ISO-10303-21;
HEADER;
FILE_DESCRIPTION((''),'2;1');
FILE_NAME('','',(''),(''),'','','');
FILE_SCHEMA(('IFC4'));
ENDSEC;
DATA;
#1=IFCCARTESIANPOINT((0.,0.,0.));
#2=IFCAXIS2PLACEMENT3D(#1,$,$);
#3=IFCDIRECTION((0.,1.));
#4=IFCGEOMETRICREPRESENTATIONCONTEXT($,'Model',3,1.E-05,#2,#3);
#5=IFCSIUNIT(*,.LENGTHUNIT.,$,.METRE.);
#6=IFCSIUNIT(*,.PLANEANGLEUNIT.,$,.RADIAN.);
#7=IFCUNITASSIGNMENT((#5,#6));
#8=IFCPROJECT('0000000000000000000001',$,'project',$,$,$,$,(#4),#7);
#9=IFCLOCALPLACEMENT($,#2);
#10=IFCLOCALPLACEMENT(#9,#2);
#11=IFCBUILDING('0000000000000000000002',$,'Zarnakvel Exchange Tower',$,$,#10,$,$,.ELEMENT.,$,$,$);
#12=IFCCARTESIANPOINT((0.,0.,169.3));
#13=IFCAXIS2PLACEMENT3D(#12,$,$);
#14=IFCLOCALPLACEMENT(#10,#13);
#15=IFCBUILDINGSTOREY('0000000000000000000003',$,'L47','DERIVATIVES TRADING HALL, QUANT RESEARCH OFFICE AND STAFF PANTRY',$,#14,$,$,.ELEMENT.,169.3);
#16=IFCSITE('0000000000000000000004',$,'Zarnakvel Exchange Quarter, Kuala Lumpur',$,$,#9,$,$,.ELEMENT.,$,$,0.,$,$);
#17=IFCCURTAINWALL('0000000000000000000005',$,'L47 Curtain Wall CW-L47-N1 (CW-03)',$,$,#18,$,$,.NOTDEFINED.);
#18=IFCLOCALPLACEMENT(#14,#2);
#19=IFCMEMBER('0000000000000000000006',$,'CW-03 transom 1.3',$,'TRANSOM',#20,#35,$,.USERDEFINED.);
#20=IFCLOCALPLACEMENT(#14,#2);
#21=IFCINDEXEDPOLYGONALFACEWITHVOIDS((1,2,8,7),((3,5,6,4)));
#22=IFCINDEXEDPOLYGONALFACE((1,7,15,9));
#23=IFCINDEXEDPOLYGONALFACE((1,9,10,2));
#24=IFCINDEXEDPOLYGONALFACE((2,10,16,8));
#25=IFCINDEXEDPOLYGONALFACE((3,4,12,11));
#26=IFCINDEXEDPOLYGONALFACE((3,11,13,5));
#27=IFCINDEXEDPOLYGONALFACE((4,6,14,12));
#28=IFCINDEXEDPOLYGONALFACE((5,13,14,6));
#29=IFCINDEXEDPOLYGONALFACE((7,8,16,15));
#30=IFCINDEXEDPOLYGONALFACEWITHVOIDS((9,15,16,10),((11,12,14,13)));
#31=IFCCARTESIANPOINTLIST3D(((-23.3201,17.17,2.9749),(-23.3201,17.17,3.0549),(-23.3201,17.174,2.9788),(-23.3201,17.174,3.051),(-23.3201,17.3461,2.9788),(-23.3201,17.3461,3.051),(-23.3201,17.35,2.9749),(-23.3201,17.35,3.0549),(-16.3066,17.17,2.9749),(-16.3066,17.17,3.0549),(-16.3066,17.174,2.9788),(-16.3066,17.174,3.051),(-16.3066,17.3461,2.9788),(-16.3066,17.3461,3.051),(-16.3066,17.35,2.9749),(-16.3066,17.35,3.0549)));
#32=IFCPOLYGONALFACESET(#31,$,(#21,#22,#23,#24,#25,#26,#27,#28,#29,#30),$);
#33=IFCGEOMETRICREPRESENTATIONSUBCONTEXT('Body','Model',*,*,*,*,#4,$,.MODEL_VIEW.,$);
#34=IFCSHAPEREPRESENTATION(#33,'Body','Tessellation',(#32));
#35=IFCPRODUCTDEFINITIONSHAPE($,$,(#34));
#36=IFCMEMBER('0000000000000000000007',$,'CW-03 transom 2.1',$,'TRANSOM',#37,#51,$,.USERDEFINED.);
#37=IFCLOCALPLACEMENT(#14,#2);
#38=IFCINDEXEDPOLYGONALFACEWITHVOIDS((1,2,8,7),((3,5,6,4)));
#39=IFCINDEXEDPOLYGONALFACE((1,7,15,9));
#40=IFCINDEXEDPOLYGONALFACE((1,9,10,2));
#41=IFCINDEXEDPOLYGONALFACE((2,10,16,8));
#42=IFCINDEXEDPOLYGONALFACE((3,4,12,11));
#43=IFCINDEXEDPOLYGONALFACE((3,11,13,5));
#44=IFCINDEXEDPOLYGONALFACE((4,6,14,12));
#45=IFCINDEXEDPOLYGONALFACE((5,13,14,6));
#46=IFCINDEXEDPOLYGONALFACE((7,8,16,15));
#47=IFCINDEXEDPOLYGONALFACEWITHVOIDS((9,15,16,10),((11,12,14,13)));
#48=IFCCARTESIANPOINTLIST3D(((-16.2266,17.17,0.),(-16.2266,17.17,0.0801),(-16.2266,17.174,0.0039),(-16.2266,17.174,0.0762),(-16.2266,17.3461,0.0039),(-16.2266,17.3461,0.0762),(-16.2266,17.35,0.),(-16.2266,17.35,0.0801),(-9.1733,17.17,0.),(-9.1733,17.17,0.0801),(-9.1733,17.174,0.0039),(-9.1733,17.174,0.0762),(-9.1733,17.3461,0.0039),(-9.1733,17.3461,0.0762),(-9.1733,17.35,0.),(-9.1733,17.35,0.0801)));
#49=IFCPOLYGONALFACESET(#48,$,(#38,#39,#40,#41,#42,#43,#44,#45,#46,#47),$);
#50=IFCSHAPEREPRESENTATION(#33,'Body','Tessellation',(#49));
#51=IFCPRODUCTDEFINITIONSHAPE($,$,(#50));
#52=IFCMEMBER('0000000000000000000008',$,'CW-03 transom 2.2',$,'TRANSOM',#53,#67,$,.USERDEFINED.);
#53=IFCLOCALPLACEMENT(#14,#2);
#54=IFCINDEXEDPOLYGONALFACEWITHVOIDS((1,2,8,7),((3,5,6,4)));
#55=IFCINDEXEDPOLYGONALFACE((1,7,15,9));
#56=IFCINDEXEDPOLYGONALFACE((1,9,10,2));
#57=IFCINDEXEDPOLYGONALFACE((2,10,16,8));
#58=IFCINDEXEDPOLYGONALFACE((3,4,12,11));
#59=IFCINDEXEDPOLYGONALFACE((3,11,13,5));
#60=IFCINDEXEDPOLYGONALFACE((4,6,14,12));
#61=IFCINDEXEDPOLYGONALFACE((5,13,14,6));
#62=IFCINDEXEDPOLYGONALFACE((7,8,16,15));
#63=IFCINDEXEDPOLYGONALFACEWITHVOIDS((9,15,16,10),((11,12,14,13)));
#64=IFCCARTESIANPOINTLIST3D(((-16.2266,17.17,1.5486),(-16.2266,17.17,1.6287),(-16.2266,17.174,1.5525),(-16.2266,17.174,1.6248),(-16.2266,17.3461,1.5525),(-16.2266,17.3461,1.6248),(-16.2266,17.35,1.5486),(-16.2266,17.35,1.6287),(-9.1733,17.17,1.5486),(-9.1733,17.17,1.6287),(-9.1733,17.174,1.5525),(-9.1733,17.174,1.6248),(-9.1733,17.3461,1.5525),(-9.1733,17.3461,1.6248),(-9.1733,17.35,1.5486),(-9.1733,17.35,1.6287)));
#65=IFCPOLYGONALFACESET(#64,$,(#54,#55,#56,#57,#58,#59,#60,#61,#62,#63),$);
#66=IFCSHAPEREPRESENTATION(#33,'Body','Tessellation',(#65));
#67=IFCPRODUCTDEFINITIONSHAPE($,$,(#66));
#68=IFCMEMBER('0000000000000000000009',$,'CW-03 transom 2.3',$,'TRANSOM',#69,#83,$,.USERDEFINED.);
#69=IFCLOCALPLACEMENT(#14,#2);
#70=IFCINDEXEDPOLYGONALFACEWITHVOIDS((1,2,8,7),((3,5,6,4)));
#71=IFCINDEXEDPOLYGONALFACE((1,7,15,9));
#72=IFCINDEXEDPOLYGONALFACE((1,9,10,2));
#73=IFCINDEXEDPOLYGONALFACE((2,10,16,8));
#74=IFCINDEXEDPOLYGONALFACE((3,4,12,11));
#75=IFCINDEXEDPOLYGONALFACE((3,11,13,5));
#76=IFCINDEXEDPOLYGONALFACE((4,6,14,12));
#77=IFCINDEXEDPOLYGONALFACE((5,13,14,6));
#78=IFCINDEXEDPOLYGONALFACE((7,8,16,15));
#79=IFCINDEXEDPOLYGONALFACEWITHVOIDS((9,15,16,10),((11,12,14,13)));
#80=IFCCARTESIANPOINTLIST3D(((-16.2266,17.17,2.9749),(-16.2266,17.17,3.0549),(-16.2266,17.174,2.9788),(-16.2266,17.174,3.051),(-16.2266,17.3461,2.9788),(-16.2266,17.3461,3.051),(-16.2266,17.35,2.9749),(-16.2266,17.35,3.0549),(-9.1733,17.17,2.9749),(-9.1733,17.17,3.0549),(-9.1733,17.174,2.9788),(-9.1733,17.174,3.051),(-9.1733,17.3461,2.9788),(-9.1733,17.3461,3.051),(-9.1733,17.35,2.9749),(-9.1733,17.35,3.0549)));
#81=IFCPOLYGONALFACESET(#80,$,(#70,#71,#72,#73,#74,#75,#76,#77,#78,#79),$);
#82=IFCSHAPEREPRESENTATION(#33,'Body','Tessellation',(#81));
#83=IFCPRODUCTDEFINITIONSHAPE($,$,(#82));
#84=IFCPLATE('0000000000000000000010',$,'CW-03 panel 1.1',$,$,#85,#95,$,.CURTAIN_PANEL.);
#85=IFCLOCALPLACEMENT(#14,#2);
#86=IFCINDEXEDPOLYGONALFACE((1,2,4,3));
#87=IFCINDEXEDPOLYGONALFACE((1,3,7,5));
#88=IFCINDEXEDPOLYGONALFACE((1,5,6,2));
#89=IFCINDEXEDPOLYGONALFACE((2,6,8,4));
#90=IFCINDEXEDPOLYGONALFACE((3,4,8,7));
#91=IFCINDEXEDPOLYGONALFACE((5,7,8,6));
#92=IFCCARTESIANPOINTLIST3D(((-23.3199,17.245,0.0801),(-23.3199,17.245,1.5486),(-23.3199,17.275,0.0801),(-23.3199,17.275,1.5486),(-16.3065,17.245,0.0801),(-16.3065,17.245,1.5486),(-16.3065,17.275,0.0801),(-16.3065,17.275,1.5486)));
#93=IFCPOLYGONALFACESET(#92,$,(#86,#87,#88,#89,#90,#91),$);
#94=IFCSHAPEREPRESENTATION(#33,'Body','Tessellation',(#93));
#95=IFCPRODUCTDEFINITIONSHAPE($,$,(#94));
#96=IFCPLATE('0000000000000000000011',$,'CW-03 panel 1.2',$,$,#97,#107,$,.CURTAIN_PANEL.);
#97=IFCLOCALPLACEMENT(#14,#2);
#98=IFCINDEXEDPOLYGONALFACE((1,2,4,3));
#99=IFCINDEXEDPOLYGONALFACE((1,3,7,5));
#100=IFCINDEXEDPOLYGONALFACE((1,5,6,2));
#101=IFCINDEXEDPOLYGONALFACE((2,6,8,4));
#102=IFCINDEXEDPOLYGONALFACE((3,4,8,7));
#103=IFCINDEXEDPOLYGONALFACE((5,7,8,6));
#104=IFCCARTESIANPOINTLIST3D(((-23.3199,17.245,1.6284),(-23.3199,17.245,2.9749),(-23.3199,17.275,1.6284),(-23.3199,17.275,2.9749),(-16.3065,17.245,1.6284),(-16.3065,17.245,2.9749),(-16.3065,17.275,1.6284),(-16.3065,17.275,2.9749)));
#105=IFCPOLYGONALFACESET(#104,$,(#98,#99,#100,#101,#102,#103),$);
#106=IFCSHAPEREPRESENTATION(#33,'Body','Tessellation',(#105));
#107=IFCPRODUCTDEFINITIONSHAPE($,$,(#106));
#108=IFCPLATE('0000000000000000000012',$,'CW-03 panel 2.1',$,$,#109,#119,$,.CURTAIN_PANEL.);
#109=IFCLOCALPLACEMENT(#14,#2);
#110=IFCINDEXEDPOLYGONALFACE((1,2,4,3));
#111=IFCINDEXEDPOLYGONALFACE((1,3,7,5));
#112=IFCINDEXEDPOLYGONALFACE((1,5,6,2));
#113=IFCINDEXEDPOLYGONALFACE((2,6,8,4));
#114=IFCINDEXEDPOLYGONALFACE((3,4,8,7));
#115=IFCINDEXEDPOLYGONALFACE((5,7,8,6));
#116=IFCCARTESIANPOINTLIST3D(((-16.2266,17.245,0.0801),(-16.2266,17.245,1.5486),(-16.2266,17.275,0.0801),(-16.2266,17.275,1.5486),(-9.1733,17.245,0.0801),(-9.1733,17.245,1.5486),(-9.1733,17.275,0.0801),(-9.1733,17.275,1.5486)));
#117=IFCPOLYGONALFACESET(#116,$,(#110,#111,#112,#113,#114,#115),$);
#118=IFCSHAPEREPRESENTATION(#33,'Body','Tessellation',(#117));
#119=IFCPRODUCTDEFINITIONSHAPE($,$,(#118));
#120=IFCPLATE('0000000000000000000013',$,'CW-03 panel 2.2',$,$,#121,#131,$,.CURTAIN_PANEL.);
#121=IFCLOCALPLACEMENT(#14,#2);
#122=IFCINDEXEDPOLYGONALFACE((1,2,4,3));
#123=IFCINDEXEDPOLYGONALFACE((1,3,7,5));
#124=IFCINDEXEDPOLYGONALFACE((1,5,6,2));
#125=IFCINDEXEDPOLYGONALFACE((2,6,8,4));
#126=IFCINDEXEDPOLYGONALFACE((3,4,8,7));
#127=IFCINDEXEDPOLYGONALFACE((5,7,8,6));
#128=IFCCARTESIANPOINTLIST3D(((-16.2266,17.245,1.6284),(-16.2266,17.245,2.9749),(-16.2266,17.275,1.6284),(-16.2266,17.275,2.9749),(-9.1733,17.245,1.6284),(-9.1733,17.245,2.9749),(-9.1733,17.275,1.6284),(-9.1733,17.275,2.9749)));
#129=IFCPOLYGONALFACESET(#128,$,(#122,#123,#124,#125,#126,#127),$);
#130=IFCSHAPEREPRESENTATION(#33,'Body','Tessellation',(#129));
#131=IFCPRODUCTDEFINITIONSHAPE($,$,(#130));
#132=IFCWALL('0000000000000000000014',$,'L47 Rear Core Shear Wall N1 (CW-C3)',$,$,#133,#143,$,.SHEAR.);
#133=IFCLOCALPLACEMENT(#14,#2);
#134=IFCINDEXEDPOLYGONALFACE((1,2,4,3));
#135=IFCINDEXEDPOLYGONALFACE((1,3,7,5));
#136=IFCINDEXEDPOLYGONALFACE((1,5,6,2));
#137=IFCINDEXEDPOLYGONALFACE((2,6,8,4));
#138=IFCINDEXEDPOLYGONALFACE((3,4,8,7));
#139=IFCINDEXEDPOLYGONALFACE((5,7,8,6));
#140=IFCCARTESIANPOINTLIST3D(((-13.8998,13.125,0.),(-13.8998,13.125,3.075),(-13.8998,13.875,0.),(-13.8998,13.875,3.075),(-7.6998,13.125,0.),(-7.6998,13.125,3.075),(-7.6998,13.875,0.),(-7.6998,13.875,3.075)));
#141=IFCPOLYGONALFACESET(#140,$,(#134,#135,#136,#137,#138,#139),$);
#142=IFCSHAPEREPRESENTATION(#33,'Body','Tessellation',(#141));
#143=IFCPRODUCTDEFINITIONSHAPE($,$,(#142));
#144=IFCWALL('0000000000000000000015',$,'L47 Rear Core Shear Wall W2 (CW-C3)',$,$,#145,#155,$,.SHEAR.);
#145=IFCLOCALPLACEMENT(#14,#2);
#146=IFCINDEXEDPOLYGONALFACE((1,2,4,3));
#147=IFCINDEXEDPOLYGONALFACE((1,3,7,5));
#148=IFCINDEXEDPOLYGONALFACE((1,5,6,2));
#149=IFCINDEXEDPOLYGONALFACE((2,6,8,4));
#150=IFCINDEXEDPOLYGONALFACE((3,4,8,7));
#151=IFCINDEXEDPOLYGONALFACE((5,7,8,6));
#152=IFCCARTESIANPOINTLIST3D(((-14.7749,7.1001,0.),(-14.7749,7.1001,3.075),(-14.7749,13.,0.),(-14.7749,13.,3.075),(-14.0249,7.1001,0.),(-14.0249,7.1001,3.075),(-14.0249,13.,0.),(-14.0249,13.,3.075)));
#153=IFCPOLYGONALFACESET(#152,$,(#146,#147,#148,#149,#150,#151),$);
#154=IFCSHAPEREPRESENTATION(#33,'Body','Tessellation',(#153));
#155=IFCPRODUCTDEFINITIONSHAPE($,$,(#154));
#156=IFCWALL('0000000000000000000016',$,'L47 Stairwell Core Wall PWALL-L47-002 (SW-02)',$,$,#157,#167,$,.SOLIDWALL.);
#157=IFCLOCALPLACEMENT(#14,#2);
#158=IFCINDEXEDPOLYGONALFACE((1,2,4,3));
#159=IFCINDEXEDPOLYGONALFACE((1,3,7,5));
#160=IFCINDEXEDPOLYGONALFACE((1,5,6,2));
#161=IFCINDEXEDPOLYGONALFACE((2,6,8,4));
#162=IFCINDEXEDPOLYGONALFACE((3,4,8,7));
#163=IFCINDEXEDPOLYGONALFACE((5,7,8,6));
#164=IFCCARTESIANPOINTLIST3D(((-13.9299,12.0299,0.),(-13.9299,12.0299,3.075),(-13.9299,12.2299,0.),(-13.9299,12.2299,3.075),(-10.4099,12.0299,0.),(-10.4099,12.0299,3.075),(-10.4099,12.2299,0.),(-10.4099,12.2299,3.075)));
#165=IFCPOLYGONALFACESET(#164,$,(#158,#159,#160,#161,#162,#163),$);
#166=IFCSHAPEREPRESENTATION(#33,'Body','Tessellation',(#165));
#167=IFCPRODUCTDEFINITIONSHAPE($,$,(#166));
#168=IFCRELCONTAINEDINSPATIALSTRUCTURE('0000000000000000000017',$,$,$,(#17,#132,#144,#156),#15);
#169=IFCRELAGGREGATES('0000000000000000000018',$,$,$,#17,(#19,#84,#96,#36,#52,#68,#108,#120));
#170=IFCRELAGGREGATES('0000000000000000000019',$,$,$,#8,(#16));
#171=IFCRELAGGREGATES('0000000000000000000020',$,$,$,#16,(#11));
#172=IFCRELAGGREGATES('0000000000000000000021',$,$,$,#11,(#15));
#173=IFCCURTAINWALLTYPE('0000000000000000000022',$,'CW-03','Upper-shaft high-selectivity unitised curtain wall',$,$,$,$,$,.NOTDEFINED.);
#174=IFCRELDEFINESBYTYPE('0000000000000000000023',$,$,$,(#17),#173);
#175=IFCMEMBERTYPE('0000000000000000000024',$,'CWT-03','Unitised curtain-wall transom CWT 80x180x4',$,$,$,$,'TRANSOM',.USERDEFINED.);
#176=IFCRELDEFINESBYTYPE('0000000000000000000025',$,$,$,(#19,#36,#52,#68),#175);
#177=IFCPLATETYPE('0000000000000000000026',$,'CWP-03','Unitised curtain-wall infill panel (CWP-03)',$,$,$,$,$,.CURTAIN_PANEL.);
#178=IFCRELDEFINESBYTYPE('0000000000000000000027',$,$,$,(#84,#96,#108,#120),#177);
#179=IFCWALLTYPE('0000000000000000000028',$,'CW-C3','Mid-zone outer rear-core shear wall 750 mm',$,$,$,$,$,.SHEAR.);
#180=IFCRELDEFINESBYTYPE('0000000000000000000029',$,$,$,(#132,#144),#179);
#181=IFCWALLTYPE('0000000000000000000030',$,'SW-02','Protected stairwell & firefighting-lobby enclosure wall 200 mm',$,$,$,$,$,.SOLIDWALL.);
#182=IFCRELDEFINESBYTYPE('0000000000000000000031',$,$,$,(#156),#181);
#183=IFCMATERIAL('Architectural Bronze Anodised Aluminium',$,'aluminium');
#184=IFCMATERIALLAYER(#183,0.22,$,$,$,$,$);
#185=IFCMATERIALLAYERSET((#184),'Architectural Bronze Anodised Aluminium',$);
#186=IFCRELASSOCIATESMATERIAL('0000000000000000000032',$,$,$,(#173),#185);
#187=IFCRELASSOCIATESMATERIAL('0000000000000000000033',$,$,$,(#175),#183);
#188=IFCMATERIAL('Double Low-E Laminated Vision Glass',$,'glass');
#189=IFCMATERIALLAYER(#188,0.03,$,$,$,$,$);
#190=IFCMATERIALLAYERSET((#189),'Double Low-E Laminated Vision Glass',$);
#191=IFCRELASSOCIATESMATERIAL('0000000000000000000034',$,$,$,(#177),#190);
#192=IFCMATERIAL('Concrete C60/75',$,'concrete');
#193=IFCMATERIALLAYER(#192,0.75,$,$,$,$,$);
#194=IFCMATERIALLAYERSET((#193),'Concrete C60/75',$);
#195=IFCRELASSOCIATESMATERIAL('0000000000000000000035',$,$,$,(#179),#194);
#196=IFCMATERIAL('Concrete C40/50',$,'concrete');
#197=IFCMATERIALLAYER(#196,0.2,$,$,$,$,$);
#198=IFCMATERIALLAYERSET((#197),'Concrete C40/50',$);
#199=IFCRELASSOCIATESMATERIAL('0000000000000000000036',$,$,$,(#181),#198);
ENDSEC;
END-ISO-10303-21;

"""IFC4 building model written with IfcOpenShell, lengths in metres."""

from ifc_helpers import new_model, si_unit, direction, frame, frame_2d, origin, origin_2d, place, context, subcontext, project, spatial, rectangle, hollow_rectangle, extrude, source, transform, mapped, material, layer, layer_set, material_profile, profile_set, type_object, element, aggregate, save


model = new_model("IFC4")

# Units and contexts
model_context = context("Model", 3, precision=1e-05, world=origin(), true_north=direction((0.0, 1.0)))
body_context = subcontext(model_context, "Body", "Model", "MODEL_VIEW")
ifc_project = project(units=[si_unit("LENGTHUNIT", "METRE"), si_unit("PLANEANGLEUNIT", "RADIAN")], contexts=[model_context])

# Site, building, storey
site_placement = place(None, origin())
site = spatial("IfcSite", under=ifc_project, at=site_placement, Name="Zarnakvel Exchange Quarter, Kuala Lumpur", CompositionType="ELEMENT", RefElevation=0.0)
building_placement = place(site_placement, origin())
building = spatial("IfcBuilding", under=site, at=building_placement, Name="Zarnakvel Exchange Tower", CompositionType="ELEMENT")
storey_placement = place(building_placement, frame((0.0, 0.0, 169.3)))
storey = spatial("IfcBuildingStorey", under=building, at=storey_placement, Name="L47", Description="DERIVATIVES TRADING HALL, QUANT RESEARCH OFFICE AND STAFF PANTRY", CompositionType="ELEMENT", Elevation=169.3)

# Shared definitions
ifc_material_1 = material(Name="Concrete C60/75", Category="concrete")

# Curtain wall, members, plates
ifc_material_2 = material(Name="Architectural Bronze Anodised Aluminium", Category="aluminium")
ifc_layer_1 = layer(ifc_material_2, 0.22)
ifc_layer_set_1 = layer_set([ifc_layer_1], Name="Architectural Bronze Anodised Aluminium")
curtain_wall_type = type_object("IfcCurtainWallType", Name="CW-03", Description="Upper-shaft high-selectivity unitised curtain wall", PredefinedType="NOTDEFINED", material=ifc_layer_set_1)
curtain_wall_placement = place(storey_placement, origin())
curtain_wall = element("IfcCurtainWall", 1, at=curtain_wall_placement, inside=storey, type_object=curtain_wall_type, Name="L47 Curtain Wall CW-L47-N1 (CW-03)", PredefinedType="NOTDEFINED")
ifc_material_profile_1 = material_profile(ifc_material_2, hollow_rectangle(XDim=0.1799, YDim=0.0801, WallThickness=0.0039, at=origin_2d()))
ifc_profile_set_1 = profile_set([ifc_material_profile_1], Name="Architectural Bronze Anodised Aluminium")
member_type_1 = type_object("IfcMemberType", Name="CWT-03", Description="Unitised curtain-wall transom CWT 80x180x4", ElementType="TRANSOM", PredefinedType="USERDEFINED", material=ifc_profile_set_1)
shared_shape_1 = source(origin(), body_context, "Body", "SweptSolid", [
    extrude(hollow_rectangle(XDim=0.1799, YDim=0.0801, WallThickness=0.0039, at=origin_2d()), origin(), (0.0, 0.0, 1.0), 7.0134),
])
member_1_placement = place(storey_placement, frame((-23.3201, 17.26, 3.0149), z_axis=(1.0, 0.0, 0.0), x_axis=(0.0, 1.0, 0.0)))
member_1 = element("IfcMember", 2, at=member_1_placement, type_object=member_type_1, Name="CW-03 transom 1.3", ObjectType="TRANSOM", PredefinedType="USERDEFINED", context=body_context, shape_type="MappedRepresentation", body=[
    mapped(shared_shape_1, transform((0.0, 0.0, 0.0), x_axis=(1.0, 0.0, 0.0), y_axis=(0.0, 1.0, 0.0), z_axis=(0.0, 0.0, 1.0), scale=1.0)),
])
shared_shape_2 = source(origin(), body_context, "Body", "SweptSolid", [
    extrude(hollow_rectangle(XDim=0.1799, YDim=0.0801, WallThickness=0.0039, at=origin_2d()), origin(), (0.0, 0.0, 1.0), 7.0532),
])
member_2_placement = place(storey_placement, frame((-16.2266, 17.26, 0.04), z_axis=(1.0, 0.0, 0.0), x_axis=(0.0, 1.0, 0.0)))
member_2 = element("IfcMember", 3, at=member_2_placement, type_object=member_type_1, Name="CW-03 transom 2.1", ObjectType="TRANSOM", PredefinedType="USERDEFINED", context=body_context, shape_type="MappedRepresentation", body=[
    mapped(shared_shape_2, transform((0.0, 0.0, 0.0), x_axis=(1.0, 0.0, 0.0), y_axis=(0.0, 1.0, 0.0), z_axis=(0.0, 0.0, 1.0), scale=1.0)),
])
member_3_placement = place(storey_placement, frame((-16.2266, 17.26, 1.5886), z_axis=(1.0, 0.0, 0.0), x_axis=(0.0, 1.0, 0.0)))
member_3 = element("IfcMember", 4, at=member_3_placement, type_object=member_type_1, Name="CW-03 transom 2.2", ObjectType="TRANSOM", PredefinedType="USERDEFINED", context=body_context, shape_type="MappedRepresentation", body=[
    mapped(shared_shape_2, transform((0.0, 0.0, 0.0), x_axis=(1.0, 0.0, 0.0), y_axis=(0.0, 1.0, 0.0), z_axis=(0.0, 0.0, 1.0), scale=1.0)),
])
member_4_placement = place(storey_placement, frame((-16.2266, 17.26, 3.0149), z_axis=(1.0, 0.0, 0.0), x_axis=(0.0, 1.0, 0.0)))
member_4 = element("IfcMember", 5, at=member_4_placement, type_object=member_type_1, Name="CW-03 transom 2.3", ObjectType="TRANSOM", PredefinedType="USERDEFINED", context=body_context, shape_type="MappedRepresentation", body=[
    mapped(shared_shape_2, transform((0.0, 0.0, 0.0), x_axis=(1.0, 0.0, 0.0), y_axis=(0.0, 1.0, 0.0), z_axis=(0.0, 0.0, 1.0), scale=1.0)),
])
ifc_material_3 = material(Name="Double Low-E Laminated Vision Glass", Category="glass")
ifc_layer_2 = layer(ifc_material_3, 0.03)
ifc_layer_set_2 = layer_set([ifc_layer_2], Name="Double Low-E Laminated Vision Glass")
plate_type = type_object("IfcPlateType", Name="CWP-03", Description="Unitised curtain-wall infill panel (CWP-03)", PredefinedType="CURTAIN_PANEL", material=ifc_layer_set_2)
shared_shape_3 = source(origin(), body_context, "Body", "SweptSolid", [
    extrude(rectangle(XDim=7.0134, YDim=0.03, at=origin_2d()), origin(), (0.0, 0.0, 1.0), 1.4685),
])
plate_1_placement = place(storey_placement, frame((-19.8132, 17.26, 0.0801), z_axis=(0.0, 0.0, 1.0), x_axis=(1.0, 0.0, 0.0)))
plate_1 = element("IfcPlate", 6, at=plate_1_placement, type_object=plate_type, Name="CW-03 panel 1.1", PredefinedType="CURTAIN_PANEL", context=body_context, shape_type="MappedRepresentation", body=[
    mapped(shared_shape_3, transform((0.0, 0.0, 0.0), x_axis=(1.0, 0.0, 0.0), y_axis=(0.0, 1.0, 0.0), z_axis=(0.0, 0.0, 1.0), scale=1.0)),
])
shared_shape_4 = source(origin(), body_context, "Body", "SweptSolid", [
    extrude(rectangle(XDim=7.0134, YDim=0.03, at=origin_2d()), origin(), (0.0, 0.0, 1.0), 1.3464),
])
plate_2_placement = place(storey_placement, frame((-19.8132, 17.26, 1.6284), z_axis=(0.0, 0.0, 1.0), x_axis=(1.0, 0.0, 0.0)))
plate_2 = element("IfcPlate", 7, at=plate_2_placement, type_object=plate_type, Name="CW-03 panel 1.2", PredefinedType="CURTAIN_PANEL", context=body_context, shape_type="MappedRepresentation", body=[
    mapped(shared_shape_4, transform((0.0, 0.0, 0.0), x_axis=(1.0, 0.0, 0.0), y_axis=(0.0, 1.0, 0.0), z_axis=(0.0, 0.0, 1.0), scale=1.0)),
])
shared_shape_5 = source(origin(), body_context, "Body", "SweptSolid", [
    extrude(rectangle(XDim=7.0532, YDim=0.03, at=origin_2d()), origin(), (0.0, 0.0, 1.0), 1.4685),
])
plate_3_placement = place(storey_placement, frame((-12.7, 17.26, 0.0801), z_axis=(0.0, 0.0, 1.0), x_axis=(1.0, 0.0, 0.0)))
plate_3 = element("IfcPlate", 8, at=plate_3_placement, type_object=plate_type, Name="CW-03 panel 2.1", PredefinedType="CURTAIN_PANEL", context=body_context, shape_type="MappedRepresentation", body=[
    mapped(shared_shape_5, transform((0.0, 0.0, 0.0), x_axis=(1.0, 0.0, 0.0), y_axis=(0.0, 1.0, 0.0), z_axis=(0.0, 0.0, 1.0), scale=1.0)),
])
shared_shape_6 = source(origin(), body_context, "Body", "SweptSolid", [
    extrude(rectangle(XDim=7.0532, YDim=0.03, at=origin_2d()), origin(), (0.0, 0.0, 1.0), 1.3464),
])
plate_4_placement = place(storey_placement, frame((-12.7, 17.26, 1.6284), z_axis=(0.0, 0.0, 1.0), x_axis=(1.0, 0.0, 0.0)))
plate_4 = element("IfcPlate", 9, at=plate_4_placement, type_object=plate_type, Name="CW-03 panel 2.2", PredefinedType="CURTAIN_PANEL", context=body_context, shape_type="MappedRepresentation", body=[
    mapped(shared_shape_6, transform((0.0, 0.0, 0.0), x_axis=(1.0, 0.0, 0.0), y_axis=(0.0, 1.0, 0.0), z_axis=(0.0, 0.0, 1.0), scale=1.0)),
])
aggregate(curtain_wall, [member_1, plate_1, plate_2, member_2, member_3, member_4, plate_3, plate_4])

# Walls
ifc_layer_3 = layer(ifc_material_1, 0.75)
ifc_layer_set_3 = layer_set([ifc_layer_3], Name="Concrete C60/75")
wall_type_1 = type_object("IfcWallType", Name="CW-C3", Description="Mid-zone outer rear-core shear wall 750 mm", PredefinedType="SHEAR", material=ifc_layer_set_3)
wall_1_placement = place(storey_placement, frame((-13.8999, 13.5, 0.0), z_axis=(0.0, 0.0, 1.0), x_axis=(1.0, 0.0, 0.0)))
element("IfcWall", 10, at=wall_1_placement, inside=storey, type_object=wall_type_1, Name="L47 Rear Core Shear Wall N1 (CW-C3)", PredefinedType="SHEAR", context=body_context, shape_type="SweptSolid", body=[
    extrude(rectangle(XDim=6.2, YDim=0.75, at=frame_2d((3.1001, 0.0))), origin(), (0.0, 0.0, 1.0), 3.075),
])
wall_2_placement = place(storey_placement, frame((-14.3999, 7.1001, 0.0), z_axis=(0.0, 0.0, 1.0), x_axis=(0.0, 1.0, 0.0)))
element("IfcWall", 11, at=wall_2_placement, inside=storey, type_object=wall_type_1, Name="L47 Rear Core Shear Wall W2 (CW-C3)", PredefinedType="SHEAR", context=body_context, shape_type="SweptSolid", body=[
    extrude(rectangle(XDim=5.8999, YDim=0.75, at=frame_2d((2.95, 0.0))), origin(), (0.0, 0.0, 1.0), 3.075),
])

# Wall
ifc_material_4 = material(Name="Concrete C40/50", Category="concrete")
ifc_layer_4 = layer(ifc_material_4, 0.2)
ifc_layer_set_4 = layer_set([ifc_layer_4], Name="Concrete C40/50")
wall_type_2 = type_object("IfcWallType", Name="SW-02", Description="Protected stairwell & firefighting-lobby enclosure wall 200 mm", PredefinedType="SOLIDWALL", material=ifc_layer_set_4)
wall_3_placement = place(storey_placement, frame((-13.9299, 12.1299, 0.0), z_axis=(0.0, 0.0, 1.0), x_axis=(1.0, 0.0, 0.0)))
element("IfcWall", 12, at=wall_3_placement, inside=storey, type_object=wall_type_2, Name="L47 Stairwell Core Wall PWALL-L47-002 (SW-02)", PredefinedType="SOLIDWALL", context=body_context, shape_type="SweptSolid", body=[
    extrude(rectangle(XDim=3.52, YDim=0.2, at=frame_2d((1.76, 0.0))), origin(), (0.0, 0.0, 1.0), 3.075),
])

save(model, "model.ifc")
